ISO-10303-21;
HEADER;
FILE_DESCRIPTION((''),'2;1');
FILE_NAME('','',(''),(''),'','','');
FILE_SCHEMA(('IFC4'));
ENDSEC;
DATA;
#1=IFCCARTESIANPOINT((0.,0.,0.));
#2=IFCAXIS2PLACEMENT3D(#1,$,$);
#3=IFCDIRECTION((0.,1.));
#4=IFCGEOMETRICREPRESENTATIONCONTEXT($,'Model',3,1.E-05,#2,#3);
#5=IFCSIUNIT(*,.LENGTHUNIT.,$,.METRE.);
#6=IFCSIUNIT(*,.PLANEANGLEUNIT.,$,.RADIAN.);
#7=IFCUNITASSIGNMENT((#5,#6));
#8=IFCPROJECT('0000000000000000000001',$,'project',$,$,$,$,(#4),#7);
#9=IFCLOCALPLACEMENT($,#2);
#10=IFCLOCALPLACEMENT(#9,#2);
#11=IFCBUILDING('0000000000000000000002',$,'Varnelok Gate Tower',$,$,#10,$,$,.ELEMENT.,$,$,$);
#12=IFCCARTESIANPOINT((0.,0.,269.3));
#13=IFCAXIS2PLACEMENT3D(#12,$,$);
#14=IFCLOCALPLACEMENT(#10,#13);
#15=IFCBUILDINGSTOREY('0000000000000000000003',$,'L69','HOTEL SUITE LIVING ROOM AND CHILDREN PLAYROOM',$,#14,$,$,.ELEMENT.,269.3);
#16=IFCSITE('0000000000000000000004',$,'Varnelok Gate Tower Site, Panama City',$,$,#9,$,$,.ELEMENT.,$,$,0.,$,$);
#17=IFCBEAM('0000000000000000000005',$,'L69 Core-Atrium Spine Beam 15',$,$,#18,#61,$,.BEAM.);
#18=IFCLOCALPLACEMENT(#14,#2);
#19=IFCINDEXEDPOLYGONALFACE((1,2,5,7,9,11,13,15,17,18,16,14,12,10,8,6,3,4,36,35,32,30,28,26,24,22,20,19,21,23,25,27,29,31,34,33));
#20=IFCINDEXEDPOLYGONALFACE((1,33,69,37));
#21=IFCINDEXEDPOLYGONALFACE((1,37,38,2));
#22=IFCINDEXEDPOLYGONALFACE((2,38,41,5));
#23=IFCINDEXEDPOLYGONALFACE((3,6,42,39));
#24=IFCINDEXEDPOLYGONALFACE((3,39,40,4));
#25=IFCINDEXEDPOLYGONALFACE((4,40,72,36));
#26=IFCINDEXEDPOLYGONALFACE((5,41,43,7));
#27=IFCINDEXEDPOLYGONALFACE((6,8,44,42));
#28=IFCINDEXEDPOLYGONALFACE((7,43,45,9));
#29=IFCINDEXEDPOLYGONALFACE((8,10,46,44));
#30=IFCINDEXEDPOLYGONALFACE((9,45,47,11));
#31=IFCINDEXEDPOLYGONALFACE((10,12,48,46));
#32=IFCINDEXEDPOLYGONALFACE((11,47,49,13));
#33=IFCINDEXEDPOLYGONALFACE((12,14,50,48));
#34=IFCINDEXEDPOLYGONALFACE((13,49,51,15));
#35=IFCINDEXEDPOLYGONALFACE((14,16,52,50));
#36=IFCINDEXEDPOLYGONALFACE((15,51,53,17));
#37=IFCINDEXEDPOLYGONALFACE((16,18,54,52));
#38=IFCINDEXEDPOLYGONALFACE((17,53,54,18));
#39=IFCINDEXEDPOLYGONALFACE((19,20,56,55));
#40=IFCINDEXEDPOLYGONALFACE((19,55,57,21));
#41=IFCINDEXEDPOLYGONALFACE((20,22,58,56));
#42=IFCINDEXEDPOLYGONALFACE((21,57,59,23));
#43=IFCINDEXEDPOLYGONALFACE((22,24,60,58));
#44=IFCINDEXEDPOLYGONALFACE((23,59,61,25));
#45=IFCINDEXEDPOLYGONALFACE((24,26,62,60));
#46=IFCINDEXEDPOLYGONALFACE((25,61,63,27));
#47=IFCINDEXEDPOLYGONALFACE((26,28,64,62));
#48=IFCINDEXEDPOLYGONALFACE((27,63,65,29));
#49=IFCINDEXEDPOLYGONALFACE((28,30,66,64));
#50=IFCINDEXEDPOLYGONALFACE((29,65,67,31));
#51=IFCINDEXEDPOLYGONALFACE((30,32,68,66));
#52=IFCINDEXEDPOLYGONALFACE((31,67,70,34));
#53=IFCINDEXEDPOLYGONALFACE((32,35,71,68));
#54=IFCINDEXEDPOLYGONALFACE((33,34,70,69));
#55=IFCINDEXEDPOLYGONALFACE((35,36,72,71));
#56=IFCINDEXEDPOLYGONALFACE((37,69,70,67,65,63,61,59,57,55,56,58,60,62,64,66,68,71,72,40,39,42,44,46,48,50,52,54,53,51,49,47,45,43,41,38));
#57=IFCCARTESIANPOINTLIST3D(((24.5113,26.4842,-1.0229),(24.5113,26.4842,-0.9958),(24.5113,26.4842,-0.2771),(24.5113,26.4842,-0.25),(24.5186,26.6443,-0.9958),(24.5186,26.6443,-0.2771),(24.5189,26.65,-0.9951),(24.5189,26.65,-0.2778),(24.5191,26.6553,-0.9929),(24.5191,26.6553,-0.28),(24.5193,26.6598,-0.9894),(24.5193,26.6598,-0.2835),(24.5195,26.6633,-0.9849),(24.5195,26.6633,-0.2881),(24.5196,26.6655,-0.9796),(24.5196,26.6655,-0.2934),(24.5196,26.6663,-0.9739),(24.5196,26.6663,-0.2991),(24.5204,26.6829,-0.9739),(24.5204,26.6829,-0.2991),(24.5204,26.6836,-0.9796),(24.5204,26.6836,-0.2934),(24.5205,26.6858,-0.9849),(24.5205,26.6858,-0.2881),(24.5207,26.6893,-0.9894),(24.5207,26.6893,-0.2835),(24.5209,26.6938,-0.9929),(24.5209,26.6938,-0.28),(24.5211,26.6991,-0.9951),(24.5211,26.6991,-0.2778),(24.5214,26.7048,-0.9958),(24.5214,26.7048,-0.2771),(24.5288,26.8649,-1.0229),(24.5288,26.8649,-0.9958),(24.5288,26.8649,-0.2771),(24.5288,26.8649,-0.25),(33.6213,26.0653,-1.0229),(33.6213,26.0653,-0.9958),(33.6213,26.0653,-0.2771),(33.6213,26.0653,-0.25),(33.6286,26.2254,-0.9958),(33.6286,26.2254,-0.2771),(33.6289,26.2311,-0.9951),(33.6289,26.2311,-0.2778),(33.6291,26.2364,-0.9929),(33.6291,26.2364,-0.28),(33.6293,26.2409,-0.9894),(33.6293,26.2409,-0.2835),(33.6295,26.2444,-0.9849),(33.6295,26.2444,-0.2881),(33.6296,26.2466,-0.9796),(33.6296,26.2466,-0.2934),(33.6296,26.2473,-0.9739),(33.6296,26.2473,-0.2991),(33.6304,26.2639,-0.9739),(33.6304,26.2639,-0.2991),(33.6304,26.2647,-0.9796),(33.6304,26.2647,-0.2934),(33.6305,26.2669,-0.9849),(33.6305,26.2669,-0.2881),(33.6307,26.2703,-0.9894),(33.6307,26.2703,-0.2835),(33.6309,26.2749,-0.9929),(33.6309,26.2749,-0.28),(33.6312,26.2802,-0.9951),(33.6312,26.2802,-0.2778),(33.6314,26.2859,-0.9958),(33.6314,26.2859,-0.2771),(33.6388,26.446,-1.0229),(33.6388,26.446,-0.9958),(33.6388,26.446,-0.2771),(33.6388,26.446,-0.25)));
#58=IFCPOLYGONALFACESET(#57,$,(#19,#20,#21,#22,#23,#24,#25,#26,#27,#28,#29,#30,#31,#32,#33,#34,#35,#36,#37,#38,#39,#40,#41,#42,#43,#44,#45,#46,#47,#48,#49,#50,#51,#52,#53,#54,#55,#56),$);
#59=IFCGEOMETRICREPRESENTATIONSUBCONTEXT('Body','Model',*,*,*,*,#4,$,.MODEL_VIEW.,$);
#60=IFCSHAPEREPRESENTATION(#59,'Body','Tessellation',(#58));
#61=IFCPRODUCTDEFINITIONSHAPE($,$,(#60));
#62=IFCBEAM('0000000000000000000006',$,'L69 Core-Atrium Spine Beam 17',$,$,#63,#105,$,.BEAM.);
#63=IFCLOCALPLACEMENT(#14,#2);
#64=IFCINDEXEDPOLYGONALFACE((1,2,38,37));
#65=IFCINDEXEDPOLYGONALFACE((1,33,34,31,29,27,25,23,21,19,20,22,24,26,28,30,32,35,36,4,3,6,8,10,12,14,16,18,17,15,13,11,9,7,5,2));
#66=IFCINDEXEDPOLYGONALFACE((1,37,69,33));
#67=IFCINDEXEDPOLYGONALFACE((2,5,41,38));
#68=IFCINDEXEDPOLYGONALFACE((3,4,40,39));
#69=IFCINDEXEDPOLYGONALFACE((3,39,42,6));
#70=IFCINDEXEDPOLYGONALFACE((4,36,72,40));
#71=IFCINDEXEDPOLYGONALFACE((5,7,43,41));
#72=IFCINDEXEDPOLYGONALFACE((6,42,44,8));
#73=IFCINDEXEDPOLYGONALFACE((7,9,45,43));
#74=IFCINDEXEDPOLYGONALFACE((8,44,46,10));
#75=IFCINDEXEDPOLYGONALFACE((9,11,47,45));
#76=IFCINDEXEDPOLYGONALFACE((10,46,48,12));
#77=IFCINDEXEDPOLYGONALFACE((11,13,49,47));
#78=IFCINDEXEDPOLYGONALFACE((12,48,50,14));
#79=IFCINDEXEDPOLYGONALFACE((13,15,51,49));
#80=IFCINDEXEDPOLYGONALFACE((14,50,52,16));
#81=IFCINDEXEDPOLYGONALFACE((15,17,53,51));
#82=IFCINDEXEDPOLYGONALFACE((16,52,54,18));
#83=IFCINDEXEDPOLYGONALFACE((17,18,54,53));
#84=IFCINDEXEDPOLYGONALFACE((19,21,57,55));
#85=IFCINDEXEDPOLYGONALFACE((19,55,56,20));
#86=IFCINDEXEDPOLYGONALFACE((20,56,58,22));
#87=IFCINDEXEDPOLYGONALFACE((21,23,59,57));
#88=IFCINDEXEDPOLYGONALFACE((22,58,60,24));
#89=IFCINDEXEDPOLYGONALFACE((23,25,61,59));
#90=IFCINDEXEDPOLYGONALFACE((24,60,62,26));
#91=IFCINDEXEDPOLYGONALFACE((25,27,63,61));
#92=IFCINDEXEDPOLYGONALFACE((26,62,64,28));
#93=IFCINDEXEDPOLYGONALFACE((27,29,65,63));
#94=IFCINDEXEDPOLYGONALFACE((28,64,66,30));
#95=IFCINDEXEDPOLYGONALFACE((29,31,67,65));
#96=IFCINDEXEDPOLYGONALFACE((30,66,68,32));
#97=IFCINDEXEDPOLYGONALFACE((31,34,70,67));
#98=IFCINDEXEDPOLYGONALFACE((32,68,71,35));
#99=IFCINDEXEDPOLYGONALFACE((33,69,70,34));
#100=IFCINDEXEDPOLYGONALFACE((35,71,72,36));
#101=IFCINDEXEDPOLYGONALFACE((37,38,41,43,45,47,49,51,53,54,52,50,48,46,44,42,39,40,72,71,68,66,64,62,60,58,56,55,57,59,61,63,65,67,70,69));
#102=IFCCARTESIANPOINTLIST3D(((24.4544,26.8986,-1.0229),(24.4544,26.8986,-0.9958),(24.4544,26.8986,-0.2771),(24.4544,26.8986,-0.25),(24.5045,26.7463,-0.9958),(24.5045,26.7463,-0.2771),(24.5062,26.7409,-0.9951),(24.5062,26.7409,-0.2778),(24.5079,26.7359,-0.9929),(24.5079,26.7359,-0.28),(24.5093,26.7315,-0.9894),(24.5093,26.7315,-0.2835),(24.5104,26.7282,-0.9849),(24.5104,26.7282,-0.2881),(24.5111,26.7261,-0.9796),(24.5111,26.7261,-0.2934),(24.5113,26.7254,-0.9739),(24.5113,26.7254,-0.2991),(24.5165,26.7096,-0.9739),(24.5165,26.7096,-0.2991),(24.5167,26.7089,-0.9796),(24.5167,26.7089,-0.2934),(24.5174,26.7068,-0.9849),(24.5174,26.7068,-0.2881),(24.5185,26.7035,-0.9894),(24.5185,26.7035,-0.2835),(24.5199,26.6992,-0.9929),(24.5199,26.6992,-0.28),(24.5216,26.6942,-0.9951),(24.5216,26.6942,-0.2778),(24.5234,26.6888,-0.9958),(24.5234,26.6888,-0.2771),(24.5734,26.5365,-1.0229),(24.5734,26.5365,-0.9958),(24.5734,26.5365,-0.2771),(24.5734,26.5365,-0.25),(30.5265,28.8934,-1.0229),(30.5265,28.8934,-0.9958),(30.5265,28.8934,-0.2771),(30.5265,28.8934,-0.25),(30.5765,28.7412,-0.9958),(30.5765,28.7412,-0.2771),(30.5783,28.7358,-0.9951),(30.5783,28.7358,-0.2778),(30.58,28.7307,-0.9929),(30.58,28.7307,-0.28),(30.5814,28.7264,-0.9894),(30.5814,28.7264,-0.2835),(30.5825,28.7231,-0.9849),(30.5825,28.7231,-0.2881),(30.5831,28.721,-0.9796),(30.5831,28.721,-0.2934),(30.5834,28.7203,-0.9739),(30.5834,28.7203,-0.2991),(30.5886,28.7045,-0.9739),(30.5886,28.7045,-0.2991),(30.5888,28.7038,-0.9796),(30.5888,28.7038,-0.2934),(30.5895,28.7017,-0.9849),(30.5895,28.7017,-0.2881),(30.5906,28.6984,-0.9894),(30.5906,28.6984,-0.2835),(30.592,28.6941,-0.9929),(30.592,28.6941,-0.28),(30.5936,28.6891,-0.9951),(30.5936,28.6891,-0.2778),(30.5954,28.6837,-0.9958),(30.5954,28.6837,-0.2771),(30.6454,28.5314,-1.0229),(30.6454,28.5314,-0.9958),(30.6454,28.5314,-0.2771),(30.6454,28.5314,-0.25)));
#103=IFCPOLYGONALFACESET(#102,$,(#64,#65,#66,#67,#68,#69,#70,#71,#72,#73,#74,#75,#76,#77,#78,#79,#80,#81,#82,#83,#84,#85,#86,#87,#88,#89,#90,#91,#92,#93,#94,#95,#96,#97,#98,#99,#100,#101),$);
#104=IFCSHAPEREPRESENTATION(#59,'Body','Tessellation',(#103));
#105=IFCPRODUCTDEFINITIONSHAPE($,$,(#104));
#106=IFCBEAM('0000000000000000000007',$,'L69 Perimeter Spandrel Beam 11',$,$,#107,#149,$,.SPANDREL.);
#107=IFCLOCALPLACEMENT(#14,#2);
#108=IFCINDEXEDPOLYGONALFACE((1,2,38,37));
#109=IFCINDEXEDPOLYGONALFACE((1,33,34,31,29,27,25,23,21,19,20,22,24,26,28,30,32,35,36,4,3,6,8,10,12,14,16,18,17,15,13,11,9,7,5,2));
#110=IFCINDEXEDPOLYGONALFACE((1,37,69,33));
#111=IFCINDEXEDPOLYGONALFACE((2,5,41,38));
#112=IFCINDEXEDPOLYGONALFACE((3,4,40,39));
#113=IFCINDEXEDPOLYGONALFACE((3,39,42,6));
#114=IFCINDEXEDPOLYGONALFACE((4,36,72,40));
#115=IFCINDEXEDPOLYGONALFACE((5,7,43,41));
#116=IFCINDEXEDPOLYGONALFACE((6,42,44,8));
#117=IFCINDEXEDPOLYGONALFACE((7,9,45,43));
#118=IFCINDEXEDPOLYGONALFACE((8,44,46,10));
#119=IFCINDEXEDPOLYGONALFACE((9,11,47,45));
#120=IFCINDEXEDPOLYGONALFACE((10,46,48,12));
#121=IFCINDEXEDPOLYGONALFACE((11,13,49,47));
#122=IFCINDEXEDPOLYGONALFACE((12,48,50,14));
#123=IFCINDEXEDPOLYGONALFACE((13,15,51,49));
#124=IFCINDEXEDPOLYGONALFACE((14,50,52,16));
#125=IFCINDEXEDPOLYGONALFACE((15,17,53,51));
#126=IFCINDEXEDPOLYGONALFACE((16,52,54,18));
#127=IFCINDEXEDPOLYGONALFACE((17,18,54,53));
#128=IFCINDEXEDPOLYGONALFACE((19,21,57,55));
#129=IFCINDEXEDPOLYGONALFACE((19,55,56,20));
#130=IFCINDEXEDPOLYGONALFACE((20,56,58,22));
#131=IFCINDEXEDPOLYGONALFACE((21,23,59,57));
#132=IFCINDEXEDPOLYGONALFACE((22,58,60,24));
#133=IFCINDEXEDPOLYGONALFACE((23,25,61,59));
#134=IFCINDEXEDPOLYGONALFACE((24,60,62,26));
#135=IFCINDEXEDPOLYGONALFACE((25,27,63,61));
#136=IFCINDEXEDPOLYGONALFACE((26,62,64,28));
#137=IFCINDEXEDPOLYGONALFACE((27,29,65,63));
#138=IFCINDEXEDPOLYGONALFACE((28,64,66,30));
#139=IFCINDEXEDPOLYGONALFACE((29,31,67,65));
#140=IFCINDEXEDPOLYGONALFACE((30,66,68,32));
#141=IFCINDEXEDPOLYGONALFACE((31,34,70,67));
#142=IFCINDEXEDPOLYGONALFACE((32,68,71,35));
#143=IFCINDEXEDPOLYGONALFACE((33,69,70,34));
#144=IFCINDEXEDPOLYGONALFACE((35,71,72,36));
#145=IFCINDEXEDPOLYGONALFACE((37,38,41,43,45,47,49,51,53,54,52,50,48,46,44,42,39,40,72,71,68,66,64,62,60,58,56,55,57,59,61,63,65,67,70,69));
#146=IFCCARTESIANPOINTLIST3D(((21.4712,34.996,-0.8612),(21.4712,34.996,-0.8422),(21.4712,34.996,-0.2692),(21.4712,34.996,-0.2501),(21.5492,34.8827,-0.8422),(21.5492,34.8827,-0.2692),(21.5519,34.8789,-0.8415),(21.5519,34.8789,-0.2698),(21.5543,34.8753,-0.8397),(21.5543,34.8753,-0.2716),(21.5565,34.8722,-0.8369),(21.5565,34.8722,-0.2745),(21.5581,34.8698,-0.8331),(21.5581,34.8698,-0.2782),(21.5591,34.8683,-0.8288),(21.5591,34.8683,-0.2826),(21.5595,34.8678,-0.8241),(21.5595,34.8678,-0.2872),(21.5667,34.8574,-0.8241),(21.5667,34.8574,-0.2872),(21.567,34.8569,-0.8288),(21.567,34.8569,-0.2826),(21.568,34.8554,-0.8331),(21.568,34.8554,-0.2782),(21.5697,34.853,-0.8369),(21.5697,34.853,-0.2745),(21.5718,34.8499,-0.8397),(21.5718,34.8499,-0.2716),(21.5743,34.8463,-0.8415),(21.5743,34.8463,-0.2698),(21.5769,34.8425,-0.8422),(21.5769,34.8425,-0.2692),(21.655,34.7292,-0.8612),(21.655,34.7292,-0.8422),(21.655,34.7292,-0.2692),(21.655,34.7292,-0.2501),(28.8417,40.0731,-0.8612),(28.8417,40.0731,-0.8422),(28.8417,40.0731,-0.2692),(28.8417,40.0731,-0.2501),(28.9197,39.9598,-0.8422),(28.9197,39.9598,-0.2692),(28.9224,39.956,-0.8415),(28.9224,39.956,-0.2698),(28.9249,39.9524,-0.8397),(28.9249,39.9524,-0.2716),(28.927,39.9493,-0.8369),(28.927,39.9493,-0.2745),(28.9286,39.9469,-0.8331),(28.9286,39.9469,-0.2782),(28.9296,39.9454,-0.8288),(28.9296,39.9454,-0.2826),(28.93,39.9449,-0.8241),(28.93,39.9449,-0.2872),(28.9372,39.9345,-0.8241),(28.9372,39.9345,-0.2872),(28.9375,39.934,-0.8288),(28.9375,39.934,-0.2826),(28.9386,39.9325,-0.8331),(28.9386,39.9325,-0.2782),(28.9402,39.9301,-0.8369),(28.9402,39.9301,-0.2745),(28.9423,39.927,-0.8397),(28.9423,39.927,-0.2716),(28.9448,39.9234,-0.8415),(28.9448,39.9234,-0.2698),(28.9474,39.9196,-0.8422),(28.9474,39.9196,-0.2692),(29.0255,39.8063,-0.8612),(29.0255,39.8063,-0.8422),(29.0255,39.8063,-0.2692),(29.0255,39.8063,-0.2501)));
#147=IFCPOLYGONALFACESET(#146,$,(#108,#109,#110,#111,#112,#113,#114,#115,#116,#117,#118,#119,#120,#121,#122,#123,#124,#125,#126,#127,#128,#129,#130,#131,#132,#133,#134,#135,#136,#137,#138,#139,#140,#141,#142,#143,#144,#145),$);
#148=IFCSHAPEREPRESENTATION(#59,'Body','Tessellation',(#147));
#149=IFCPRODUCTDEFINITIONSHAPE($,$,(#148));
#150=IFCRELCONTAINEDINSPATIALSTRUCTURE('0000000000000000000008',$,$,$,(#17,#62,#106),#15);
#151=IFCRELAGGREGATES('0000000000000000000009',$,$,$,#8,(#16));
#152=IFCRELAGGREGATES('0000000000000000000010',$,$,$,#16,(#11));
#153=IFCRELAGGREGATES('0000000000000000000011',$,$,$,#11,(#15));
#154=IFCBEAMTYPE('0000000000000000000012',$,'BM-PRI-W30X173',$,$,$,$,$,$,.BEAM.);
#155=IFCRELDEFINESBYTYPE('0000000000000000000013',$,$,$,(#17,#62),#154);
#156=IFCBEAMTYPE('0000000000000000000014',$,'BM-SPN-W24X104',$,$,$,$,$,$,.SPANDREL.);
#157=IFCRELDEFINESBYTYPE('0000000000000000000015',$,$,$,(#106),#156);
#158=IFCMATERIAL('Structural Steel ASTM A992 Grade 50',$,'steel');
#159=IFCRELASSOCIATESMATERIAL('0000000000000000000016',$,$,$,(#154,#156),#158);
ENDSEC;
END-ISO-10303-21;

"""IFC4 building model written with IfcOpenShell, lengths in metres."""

from ifc_helpers import new_model, si_unit, direction, frame, origin, origin_2d, place, context, subcontext, project, spatial, i_section, extrude, material, material_profile, profile_set, type_object, element, save


model = new_model("IFC4")

# Units and contexts
model_context = context("Model", 3, precision=1e-05, world=origin(), true_north=direction((0.0, 1.0)))
body_context = subcontext(model_context, "Body", "Model", "MODEL_VIEW")
ifc_project = project(units=[si_unit("LENGTHUNIT", "METRE"), si_unit("PLANEANGLEUNIT", "RADIAN")], contexts=[model_context])

# Site, building, storey
site_placement = place(None, origin())
site = spatial("IfcSite", under=ifc_project, at=site_placement, Name="Varnelok Gate Tower Site, Panama City", CompositionType="ELEMENT", RefElevation=0.0)
building_placement = place(site_placement, origin())
building = spatial("IfcBuilding", under=site, at=building_placement, Name="Varnelok Gate Tower", CompositionType="ELEMENT")
storey_placement = place(building_placement, frame((0.0, 0.0, 269.3)))
storey = spatial("IfcBuildingStorey", under=building, at=storey_placement, Name="L69", Description="HOTEL SUITE LIVING ROOM AND CHILDREN PLAYROOM", CompositionType="ELEMENT", Elevation=269.3)

# Shared definitions
ifc_material_1 = material(Name="Structural Steel ASTM A992 Grade 50", Category="steel")

# Beams
ifc_material_profile_1 = material_profile(ifc_material_1, i_section(OverallWidth=0.3811, OverallDepth=0.7729, WebThickness=0.0166, FlangeThickness=0.0271, FilletRadius=0.022, at=origin_2d()), Name="W30X173")
ifc_profile_set_1 = profile_set([ifc_material_profile_1], Name="Structural Steel ASTM A992 Grade 50")
beam_type_1 = type_object("IfcBeamType", Name="BM-PRI-W30X173", PredefinedType="BEAM", material=ifc_profile_set_1)
beam_1_placement = place(storey_placement, frame((24.52, 26.6746, -0.6365), z_axis=(0.998944, -0.045938, 0.0), x_axis=(0.045938, 0.998944, 0.0)))
element("IfcBeam", 1, at=beam_1_placement, inside=storey, type_object=beam_type_1, Name="L69 Core-Atrium Spine Beam 15", PredefinedType="BEAM", context=body_context, shape_type="SweptSolid", body=[
    extrude(i_section(OverallWidth=0.3811, OverallDepth=0.7729, WebThickness=0.0166, FlangeThickness=0.0271, FilletRadius=0.022, at=origin_2d()), origin(), (0.0, 0.0, 1.0), 9.1196),
])
beam_2_placement = place(storey_placement, frame((24.5139, 26.7175, -0.6365), z_axis=(0.950042, 0.312122, 0.0), x_axis=(-0.312122, 0.950042, 0.0)))
element("IfcBeam", 2, at=beam_2_placement, inside=storey, type_object=beam_type_1, Name="L69 Core-Atrium Spine Beam 17", PredefinedType="BEAM", context=body_context, shape_type="SweptSolid", body=[
    extrude(i_section(OverallWidth=0.3811, OverallDepth=0.7729, WebThickness=0.0166, FlangeThickness=0.0271, FilletRadius=0.022, at=origin_2d()), origin(), (0.0, 0.0, 1.0), 6.3914),
])
ifc_material_profile_2 = material_profile(ifc_material_1, i_section(OverallWidth=0.324, OverallDepth=0.6111, WebThickness=0.0127, FlangeThickness=0.019, FilletRadius=0.0181, at=origin_2d()), Name="W24X104")
ifc_profile_set_2 = profile_set([ifc_material_profile_2], Name="Structural Steel ASTM A992 Grade 50")
beam_type_2 = type_object("IfcBeamType", Name="BM-SPN-W24X104", PredefinedType="SPANDREL", material=ifc_profile_set_2)
beam_3_placement = place(storey_placement, frame((28.9336, 39.9397, -0.5557), z_axis=(-0.823527, -0.567276, 0.0), x_axis=(0.567276, -0.823527, 0.0)))
element("IfcBeam", 3, at=beam_3_placement, inside=storey, type_object=beam_type_2, Name="L69 Perimeter Spandrel Beam 11", PredefinedType="SPANDREL", context=body_context, shape_type="SweptSolid", body=[
    extrude(i_section(OverallWidth=0.324, OverallDepth=0.6111, WebThickness=0.0127, FlangeThickness=0.019, FilletRadius=0.0181, at=origin_2d()), origin(), (0.0, 0.0, 1.0), 8.95),
])

save(model, "model.ifc")
